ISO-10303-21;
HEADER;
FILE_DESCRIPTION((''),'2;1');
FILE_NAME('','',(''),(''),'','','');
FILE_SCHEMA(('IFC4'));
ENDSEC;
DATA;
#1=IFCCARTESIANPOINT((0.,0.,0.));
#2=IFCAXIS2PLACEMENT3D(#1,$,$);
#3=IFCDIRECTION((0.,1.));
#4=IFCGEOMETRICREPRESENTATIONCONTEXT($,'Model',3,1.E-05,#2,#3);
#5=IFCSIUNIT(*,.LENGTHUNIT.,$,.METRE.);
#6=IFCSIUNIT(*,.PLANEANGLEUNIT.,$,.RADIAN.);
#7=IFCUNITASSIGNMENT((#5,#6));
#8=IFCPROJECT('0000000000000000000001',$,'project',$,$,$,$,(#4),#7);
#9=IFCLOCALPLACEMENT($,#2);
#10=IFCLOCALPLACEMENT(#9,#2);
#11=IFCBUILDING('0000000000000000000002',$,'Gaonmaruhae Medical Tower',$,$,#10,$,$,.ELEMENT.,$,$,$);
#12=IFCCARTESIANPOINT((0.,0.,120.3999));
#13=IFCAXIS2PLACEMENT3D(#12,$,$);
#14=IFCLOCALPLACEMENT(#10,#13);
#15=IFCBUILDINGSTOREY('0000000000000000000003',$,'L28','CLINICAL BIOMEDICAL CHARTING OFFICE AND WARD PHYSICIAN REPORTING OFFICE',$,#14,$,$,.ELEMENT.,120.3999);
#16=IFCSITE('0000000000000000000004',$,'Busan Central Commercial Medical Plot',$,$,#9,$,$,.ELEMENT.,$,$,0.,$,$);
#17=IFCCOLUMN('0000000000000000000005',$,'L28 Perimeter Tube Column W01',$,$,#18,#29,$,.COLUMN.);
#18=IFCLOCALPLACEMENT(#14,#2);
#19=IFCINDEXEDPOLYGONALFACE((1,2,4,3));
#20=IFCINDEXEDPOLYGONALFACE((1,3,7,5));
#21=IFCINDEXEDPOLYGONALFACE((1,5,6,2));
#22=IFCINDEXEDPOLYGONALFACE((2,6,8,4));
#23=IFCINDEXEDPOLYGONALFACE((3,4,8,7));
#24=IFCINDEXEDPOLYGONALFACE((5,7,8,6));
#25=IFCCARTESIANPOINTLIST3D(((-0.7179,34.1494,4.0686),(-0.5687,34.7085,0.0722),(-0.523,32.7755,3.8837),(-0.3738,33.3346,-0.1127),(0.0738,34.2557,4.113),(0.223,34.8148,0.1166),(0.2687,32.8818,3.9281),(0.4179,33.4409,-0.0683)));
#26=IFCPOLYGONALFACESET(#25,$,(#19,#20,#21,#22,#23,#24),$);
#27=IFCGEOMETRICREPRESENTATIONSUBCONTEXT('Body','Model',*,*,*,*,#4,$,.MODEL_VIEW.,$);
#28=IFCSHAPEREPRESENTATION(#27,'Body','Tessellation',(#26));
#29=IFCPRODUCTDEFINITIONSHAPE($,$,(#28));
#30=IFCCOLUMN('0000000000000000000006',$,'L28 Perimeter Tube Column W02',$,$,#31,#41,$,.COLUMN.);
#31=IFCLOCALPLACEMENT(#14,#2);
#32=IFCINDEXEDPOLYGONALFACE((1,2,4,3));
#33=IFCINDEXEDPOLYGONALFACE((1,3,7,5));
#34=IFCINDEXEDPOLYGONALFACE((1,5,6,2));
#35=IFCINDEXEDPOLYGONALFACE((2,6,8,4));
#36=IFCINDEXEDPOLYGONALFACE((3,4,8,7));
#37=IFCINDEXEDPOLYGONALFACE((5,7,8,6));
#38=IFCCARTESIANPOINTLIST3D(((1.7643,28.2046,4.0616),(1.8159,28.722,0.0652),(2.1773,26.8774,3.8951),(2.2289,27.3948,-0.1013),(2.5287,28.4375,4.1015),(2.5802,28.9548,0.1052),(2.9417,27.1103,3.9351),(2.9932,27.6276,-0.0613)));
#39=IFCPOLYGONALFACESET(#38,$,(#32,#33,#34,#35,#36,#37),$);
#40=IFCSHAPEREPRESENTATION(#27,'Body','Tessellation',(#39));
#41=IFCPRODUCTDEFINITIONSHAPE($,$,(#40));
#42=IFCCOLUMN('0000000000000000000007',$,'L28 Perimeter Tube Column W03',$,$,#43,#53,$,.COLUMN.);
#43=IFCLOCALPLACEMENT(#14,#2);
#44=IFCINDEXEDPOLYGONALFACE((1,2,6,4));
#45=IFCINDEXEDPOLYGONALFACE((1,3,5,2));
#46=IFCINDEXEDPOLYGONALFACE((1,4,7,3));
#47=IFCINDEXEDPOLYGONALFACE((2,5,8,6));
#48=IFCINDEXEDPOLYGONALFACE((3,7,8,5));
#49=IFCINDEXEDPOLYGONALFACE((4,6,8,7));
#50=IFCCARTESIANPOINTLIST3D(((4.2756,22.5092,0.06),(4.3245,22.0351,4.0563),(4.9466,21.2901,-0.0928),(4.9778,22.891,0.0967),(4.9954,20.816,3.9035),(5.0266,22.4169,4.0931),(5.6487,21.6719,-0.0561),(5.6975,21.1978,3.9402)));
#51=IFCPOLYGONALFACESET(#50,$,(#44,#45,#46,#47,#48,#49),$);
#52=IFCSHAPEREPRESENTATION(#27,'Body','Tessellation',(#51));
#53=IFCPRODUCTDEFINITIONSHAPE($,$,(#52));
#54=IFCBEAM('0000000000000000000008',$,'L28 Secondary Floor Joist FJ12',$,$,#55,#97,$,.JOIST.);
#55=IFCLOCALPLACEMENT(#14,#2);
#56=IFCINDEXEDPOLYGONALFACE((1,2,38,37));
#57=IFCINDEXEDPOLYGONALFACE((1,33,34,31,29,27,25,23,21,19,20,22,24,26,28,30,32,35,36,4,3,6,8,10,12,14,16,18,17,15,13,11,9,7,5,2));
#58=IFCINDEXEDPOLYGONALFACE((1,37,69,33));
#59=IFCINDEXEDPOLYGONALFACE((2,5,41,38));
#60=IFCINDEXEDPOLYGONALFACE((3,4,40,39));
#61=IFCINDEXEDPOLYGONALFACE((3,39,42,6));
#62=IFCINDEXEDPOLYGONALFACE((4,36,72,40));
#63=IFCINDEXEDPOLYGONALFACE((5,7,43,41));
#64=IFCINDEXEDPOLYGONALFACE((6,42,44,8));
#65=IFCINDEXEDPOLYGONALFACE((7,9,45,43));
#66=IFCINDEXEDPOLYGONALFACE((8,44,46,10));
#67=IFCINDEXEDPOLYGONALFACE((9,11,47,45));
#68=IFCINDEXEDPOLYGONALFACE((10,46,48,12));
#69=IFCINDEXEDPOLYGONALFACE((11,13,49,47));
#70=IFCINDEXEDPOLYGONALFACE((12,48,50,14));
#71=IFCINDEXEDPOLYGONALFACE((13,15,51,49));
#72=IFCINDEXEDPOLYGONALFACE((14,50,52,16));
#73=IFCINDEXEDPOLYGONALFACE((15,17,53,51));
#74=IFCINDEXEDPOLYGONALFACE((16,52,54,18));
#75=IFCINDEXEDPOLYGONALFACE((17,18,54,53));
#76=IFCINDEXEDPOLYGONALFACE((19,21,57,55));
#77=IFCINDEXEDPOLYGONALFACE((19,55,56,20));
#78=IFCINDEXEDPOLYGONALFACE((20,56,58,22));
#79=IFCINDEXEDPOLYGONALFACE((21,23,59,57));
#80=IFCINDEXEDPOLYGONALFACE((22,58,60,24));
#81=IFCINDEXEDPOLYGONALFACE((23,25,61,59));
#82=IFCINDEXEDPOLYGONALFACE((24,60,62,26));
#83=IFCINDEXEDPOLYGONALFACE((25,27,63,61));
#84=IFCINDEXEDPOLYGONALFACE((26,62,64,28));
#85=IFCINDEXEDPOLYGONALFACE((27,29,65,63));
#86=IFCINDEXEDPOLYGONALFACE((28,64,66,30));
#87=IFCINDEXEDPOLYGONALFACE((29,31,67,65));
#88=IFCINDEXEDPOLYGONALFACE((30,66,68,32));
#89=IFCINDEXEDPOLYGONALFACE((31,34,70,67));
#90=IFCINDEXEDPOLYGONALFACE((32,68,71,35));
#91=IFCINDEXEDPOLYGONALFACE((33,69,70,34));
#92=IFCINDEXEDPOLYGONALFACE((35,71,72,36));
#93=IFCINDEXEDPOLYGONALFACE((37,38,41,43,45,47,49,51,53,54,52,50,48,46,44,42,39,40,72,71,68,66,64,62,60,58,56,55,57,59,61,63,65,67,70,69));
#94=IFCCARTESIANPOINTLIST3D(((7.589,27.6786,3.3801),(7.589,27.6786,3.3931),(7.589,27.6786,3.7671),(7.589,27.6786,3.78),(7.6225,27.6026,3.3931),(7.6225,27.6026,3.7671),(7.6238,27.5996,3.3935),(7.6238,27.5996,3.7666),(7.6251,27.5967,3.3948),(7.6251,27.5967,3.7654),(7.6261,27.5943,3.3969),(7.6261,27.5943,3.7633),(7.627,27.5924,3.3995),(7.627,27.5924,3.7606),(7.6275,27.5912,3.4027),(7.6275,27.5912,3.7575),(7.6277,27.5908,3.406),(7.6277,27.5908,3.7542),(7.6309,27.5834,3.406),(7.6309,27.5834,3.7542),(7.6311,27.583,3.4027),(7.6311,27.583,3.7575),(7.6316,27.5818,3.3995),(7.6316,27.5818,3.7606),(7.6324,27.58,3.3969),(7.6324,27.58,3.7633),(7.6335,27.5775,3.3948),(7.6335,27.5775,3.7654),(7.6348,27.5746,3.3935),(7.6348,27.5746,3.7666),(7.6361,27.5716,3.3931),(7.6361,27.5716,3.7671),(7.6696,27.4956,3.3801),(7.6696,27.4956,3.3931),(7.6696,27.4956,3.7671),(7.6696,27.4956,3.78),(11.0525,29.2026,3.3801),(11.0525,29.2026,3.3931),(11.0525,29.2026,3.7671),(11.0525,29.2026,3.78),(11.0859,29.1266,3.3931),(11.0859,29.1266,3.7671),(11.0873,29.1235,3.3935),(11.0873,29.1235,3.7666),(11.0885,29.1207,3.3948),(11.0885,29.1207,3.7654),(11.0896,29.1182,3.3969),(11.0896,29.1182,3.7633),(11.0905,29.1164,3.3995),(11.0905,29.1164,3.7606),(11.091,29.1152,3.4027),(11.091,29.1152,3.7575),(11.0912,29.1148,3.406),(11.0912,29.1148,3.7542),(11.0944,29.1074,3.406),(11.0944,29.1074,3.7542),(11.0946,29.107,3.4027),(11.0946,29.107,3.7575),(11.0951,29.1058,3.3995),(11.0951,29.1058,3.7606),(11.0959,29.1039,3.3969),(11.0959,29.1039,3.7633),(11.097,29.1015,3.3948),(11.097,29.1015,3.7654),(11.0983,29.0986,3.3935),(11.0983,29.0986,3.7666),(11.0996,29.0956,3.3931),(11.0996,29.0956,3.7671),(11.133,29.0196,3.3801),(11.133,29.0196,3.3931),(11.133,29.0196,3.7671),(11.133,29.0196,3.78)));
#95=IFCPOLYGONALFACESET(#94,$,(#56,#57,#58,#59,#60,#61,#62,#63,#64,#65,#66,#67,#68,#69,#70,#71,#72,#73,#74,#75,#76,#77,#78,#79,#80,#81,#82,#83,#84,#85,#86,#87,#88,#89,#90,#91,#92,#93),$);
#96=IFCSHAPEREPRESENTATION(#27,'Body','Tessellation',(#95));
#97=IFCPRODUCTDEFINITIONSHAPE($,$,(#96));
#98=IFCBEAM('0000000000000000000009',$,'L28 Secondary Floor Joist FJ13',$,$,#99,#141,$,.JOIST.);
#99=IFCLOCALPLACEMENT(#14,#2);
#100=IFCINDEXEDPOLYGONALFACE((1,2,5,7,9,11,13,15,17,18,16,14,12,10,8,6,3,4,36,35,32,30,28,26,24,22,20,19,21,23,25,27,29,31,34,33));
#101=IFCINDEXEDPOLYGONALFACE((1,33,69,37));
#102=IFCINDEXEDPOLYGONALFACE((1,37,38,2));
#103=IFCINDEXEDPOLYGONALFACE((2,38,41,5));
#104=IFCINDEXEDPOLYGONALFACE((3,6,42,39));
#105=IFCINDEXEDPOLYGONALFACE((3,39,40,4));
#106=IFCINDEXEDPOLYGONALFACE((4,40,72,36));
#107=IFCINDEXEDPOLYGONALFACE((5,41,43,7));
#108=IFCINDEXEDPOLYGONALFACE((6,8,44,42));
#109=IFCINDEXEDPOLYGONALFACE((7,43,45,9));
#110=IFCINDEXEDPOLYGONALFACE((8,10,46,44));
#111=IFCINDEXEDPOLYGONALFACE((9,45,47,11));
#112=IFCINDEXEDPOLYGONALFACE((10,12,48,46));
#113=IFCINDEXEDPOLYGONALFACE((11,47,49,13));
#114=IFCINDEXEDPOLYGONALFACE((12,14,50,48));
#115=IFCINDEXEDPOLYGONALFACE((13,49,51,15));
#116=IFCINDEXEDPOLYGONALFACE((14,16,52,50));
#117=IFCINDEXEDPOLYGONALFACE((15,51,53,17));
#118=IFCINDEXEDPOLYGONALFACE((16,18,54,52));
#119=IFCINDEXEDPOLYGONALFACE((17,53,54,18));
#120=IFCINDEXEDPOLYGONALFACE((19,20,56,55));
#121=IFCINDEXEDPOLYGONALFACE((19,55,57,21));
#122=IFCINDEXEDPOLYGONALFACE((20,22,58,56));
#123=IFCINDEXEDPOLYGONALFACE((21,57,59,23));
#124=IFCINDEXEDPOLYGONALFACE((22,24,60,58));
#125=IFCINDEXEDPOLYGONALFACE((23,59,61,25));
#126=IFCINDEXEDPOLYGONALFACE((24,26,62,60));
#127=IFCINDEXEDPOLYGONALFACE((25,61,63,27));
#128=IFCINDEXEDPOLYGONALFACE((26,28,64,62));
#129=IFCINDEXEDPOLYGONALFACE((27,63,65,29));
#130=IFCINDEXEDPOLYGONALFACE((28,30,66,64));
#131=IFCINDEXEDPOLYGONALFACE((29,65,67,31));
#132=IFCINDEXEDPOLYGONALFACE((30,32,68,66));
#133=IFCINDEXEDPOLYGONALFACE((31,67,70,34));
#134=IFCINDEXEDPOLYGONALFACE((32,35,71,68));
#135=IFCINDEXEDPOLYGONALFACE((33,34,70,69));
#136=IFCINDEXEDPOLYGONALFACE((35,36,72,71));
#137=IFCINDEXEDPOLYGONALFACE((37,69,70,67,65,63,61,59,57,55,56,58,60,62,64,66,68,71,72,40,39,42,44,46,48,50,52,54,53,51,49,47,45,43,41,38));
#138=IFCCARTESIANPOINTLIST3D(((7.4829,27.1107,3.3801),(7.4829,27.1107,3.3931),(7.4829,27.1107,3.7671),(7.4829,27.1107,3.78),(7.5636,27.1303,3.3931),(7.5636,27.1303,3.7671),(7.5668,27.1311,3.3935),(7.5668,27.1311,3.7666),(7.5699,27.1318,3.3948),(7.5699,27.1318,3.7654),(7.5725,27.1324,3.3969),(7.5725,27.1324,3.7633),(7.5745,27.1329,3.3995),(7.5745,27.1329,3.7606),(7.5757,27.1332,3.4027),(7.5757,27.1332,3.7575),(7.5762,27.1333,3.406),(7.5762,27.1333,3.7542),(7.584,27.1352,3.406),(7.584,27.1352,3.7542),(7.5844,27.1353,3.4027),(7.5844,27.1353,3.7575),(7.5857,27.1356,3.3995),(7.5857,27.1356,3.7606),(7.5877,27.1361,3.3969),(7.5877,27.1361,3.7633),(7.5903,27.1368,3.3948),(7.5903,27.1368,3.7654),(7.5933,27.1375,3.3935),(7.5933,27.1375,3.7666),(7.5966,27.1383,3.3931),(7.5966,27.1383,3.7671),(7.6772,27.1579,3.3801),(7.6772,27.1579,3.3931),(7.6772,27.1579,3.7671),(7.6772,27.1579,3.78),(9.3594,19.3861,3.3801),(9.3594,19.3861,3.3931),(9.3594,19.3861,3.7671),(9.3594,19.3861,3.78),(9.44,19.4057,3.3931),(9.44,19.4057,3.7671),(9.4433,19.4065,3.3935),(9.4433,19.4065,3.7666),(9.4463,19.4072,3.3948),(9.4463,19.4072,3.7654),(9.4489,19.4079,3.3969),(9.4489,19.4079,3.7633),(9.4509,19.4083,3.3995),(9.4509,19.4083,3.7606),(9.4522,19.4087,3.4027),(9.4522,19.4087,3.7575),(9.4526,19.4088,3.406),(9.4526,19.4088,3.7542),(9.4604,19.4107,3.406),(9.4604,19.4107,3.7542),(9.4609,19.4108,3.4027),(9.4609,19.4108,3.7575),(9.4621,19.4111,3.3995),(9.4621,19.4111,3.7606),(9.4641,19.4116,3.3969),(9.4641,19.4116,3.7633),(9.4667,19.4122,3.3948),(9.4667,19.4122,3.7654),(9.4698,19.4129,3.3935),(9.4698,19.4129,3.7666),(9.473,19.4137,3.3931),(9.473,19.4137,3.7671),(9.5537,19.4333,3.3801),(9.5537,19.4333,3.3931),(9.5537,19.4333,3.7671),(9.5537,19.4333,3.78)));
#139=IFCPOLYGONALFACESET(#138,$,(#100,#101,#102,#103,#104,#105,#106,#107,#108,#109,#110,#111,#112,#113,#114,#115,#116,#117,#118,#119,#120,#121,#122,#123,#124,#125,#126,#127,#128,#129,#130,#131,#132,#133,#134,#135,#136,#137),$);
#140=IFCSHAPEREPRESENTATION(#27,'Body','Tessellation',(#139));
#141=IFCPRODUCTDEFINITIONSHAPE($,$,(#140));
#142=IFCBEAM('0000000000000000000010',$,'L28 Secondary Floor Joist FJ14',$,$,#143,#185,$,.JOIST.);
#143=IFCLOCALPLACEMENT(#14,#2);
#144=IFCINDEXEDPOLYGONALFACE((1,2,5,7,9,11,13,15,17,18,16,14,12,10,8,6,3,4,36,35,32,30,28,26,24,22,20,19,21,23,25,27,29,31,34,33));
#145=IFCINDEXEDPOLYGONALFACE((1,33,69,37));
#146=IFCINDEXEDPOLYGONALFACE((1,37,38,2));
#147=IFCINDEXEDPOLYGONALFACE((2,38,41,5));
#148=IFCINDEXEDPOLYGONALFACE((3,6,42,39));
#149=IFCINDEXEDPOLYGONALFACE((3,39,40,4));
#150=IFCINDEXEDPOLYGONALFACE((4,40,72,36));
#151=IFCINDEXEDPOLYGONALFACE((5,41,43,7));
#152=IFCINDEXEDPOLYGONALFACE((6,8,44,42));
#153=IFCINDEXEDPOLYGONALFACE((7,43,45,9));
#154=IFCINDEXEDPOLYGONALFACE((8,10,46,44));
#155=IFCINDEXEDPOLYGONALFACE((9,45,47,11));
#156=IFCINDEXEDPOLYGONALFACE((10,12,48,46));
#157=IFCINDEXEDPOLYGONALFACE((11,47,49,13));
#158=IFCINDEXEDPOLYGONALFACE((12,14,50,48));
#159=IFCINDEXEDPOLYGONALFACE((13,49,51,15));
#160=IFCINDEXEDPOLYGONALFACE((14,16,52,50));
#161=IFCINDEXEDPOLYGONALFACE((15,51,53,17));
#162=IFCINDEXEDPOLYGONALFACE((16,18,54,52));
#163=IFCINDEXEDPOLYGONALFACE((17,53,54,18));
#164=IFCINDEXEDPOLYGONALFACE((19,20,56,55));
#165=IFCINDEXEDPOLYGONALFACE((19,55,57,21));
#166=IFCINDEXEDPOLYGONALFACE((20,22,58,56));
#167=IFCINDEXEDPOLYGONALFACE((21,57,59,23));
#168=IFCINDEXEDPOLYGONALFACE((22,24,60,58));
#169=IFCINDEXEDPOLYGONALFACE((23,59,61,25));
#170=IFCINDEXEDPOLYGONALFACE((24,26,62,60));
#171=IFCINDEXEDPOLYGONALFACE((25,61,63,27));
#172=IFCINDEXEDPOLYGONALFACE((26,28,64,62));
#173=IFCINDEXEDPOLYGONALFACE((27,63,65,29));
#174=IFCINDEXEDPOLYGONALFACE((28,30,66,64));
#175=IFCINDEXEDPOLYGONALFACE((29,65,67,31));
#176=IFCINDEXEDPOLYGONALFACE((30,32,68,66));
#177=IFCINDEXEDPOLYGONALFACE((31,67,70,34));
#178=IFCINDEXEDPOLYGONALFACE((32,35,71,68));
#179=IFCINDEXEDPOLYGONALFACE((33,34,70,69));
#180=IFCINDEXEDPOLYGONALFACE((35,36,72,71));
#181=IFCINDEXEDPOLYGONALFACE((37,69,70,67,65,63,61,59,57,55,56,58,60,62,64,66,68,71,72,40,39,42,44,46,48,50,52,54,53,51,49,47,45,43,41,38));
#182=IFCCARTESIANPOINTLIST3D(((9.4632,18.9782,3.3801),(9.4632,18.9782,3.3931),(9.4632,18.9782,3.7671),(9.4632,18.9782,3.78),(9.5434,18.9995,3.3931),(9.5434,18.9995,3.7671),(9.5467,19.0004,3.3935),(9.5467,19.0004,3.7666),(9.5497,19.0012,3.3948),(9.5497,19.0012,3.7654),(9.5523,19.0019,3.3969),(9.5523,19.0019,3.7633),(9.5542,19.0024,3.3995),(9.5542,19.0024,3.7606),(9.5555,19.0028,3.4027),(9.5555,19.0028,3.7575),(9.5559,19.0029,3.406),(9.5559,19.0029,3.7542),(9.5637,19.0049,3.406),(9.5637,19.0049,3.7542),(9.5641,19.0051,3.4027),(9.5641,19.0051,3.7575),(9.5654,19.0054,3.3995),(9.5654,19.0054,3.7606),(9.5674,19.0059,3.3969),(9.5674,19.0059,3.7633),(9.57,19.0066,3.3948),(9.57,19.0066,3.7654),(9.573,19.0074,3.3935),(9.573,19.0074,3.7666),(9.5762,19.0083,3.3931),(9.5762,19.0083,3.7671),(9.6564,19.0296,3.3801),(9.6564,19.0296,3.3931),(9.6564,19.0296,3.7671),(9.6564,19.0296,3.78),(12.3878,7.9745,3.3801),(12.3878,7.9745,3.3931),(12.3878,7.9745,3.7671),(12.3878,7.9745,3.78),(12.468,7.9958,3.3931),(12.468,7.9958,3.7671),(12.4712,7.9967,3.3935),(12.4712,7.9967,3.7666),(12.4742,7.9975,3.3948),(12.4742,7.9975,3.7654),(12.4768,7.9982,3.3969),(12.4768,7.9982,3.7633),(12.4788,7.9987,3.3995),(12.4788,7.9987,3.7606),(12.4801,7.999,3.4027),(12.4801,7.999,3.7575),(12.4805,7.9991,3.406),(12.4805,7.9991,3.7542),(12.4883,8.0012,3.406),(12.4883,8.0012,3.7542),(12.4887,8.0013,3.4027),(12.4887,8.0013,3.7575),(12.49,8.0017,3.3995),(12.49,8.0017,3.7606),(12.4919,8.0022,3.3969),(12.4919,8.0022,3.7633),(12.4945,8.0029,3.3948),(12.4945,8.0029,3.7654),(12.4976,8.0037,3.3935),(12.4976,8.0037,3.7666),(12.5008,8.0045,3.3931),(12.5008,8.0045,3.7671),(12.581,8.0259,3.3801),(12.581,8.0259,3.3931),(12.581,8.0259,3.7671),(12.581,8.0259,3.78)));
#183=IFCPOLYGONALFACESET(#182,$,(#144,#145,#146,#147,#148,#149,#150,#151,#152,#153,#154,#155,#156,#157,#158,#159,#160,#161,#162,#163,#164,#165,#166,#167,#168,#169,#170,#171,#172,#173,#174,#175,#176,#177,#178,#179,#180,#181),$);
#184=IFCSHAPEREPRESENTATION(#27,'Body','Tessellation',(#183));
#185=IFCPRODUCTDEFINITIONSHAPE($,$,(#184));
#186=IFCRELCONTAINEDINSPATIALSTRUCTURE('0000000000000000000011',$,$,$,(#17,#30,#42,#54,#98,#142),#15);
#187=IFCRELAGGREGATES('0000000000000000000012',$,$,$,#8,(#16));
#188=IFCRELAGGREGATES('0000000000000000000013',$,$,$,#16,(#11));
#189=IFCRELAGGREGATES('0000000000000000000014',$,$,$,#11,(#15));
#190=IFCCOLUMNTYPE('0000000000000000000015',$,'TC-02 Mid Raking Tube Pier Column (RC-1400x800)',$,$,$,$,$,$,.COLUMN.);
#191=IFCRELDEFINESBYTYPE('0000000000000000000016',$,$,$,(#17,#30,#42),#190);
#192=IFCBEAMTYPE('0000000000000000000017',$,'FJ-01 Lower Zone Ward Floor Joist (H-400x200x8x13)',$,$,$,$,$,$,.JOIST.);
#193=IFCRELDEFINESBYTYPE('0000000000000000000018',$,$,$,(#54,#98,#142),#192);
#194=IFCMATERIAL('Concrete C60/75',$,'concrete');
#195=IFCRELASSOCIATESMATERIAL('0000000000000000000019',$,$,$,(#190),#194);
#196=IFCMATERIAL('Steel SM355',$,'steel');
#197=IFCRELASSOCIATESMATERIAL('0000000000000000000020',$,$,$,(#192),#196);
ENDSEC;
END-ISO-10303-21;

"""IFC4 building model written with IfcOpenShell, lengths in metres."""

from ifc_helpers import new_model, si_unit, direction, frame, origin, origin_2d, place, context, subcontext, project, spatial, rectangle, i_section, extrude, material, material_profile, profile_set, type_object, element, save


model = new_model("IFC4")

# Units and contexts
model_context = context("Model", 3, precision=1e-05, world=origin(), true_north=direction((0.0, 1.0)))
body_context = subcontext(model_context, "Body", "Model", "MODEL_VIEW")
ifc_project = project(units=[si_unit("LENGTHUNIT", "METRE"), si_unit("PLANEANGLEUNIT", "RADIAN")], contexts=[model_context])

# Site, building, storey
site_placement = place(None, origin())
site = spatial("IfcSite", under=ifc_project, at=site_placement, Name="Busan Central Commercial Medical Plot", CompositionType="ELEMENT", RefElevation=0.0)
building_placement = place(site_placement, origin())
building = spatial("IfcBuilding", under=site, at=building_placement, Name="Gaonmaruhae Medical Tower", CompositionType="ELEMENT")
storey_placement = place(building_placement, frame((0.0, 0.0, 120.3999)))
storey = spatial("IfcBuildingStorey", under=building, at=storey_placement, Name="L28", Description="CLINICAL BIOMEDICAL CHARTING OFFICE AND WARD PHYSICIAN REPORTING OFFICE", CompositionType="ELEMENT", Elevation=120.3999)

# Columns
ifc_material_1 = material(Name="Concrete C60/75", Category="concrete")
ifc_material_profile_1 = material_profile(ifc_material_1, rectangle(XDim=1.3999, YDim=0.8, at=origin_2d()), Name="RC-1400x800")
ifc_profile_set_1 = profile_set([ifc_material_profile_1], Name="Concrete C60/75")
column_type = type_object("IfcColumnType", Name="TC-02 Mid Raking Tube Pier Column (RC-1400x800)", PredefinedType="COLUMN", material=ifc_profile_set_1)
column_1_placement = place(storey_placement, frame((-0.0754, 34.0747, 0.002), z_axis=(-0.036941, -0.138455, 0.98968), x_axis=(-0.139219, 0.981411, 0.132101)))
element("IfcColumn", 1, at=column_1_placement, inside=storey, type_object=column_type, Name="L28 Perimeter Tube Column W01", PredefinedType="COLUMN", context=body_context, shape_type="SweptSolid", body=[
    extrude(rectangle(XDim=1.3999, YDim=0.8, at=origin_2d()), origin(), (0.0, 0.0, 1.0), 4.0381),
])
column_2_placement = place(storey_placement, frame((2.4045, 28.1748, 0.002), z_axis=(-0.012783, -0.12837, 0.991644), x_axis=(-0.295029, 0.948058, 0.118925)))
element("IfcColumn", 2, at=column_2_placement, inside=storey, type_object=column_type, Name="L28 Perimeter Tube Column W02", PredefinedType="COLUMN", context=body_context, shape_type="SweptSolid", body=[
    extrude(rectangle(XDim=1.3999, YDim=0.8, at=origin_2d()), origin(), (0.0, 0.0, 1.0), 4.03),
])
column_3_placement = place(storey_placement, frame((4.9622, 22.0906, 0.002), z_axis=(0.012132, -0.117804, 0.992963), x_axis=(-0.479252, 0.870861, 0.109174)))
element("IfcColumn", 3, at=column_3_placement, inside=storey, type_object=column_type, Name="L28 Perimeter Tube Column W03", PredefinedType="COLUMN", context=body_context, shape_type="SweptSolid", body=[
    extrude(rectangle(XDim=1.3999, YDim=0.8, at=origin_2d()), origin(), (0.0, 0.0, 1.0), 4.0247),
])

# Beams
ifc_material_2 = material(Name="Steel SM355", Category="steel")
ifc_material_profile_2 = material_profile(ifc_material_2, i_section(OverallWidth=0.2, OverallDepth=0.3999, WebThickness=0.0081, FlangeThickness=0.0129, FilletRadius=0.0129, at=origin_2d()), Name="H-400x200x8x13")
ifc_profile_set_2 = profile_set([ifc_material_profile_2], Name="Steel SM355")
beam_type_1 = type_object("IfcBeamType", Name="FJ-01 Lower Zone Ward Floor Joist (H-400x200x8x13)", PredefinedType="JOIST", material=ifc_profile_set_2)
beam_1_placement = place(storey_placement, frame((11.0928, 29.1111, 3.5801), z_axis=(-0.915311, -0.402747, 0.0), x_axis=(0.402747, -0.915311, 0.0)))
element("IfcBeam", 4, at=beam_1_placement, inside=storey, type_object=beam_type_1, Name="L28 Secondary Floor Joist FJ12", PredefinedType="JOIST", context=body_context, shape_type="SweptSolid", body=[
    extrude(i_section(OverallWidth=0.2, OverallDepth=0.3999, WebThickness=0.0081, FlangeThickness=0.0129, FilletRadius=0.0129, at=origin_2d()), origin(), (0.0, 0.0, 1.0), 3.7839),
])
beam_2_placement = place(storey_placement, frame((7.5801, 27.1343, 3.5801), z_axis=(0.236055, -0.97174, 0.0), x_axis=(0.97174, 0.236055, 0.0)))
element("IfcBeam", 5, at=beam_2_placement, inside=storey, type_object=beam_type_1, Name="L28 Secondary Floor Joist FJ13", PredefinedType="JOIST", context=body_context, shape_type="SweptSolid", body=[
    extrude(i_section(OverallWidth=0.2, OverallDepth=0.3999, WebThickness=0.0081, FlangeThickness=0.0129, FilletRadius=0.0129, at=origin_2d()), origin(), (0.0, 0.0, 1.0), 7.9492),
])
beam_3_placement = place(storey_placement, frame((9.5598, 19.0039, 3.5801), z_axis=(0.256863, -0.966448, 0.0), x_axis=(0.966448, 0.256863, 0.0)))
element("IfcBeam", 6, at=beam_3_placement, inside=storey, type_object=beam_type_1, Name="L28 Secondary Floor Joist FJ14", PredefinedType="JOIST", context=body_context, shape_type="SweptSolid", body=[
    extrude(i_section(OverallWidth=0.2, OverallDepth=0.3999, WebThickness=0.0081, FlangeThickness=0.0129, FilletRadius=0.0129, at=origin_2d()), origin(), (0.0, 0.0, 1.0), 11.3857),
])

save(model, "model.ifc")
